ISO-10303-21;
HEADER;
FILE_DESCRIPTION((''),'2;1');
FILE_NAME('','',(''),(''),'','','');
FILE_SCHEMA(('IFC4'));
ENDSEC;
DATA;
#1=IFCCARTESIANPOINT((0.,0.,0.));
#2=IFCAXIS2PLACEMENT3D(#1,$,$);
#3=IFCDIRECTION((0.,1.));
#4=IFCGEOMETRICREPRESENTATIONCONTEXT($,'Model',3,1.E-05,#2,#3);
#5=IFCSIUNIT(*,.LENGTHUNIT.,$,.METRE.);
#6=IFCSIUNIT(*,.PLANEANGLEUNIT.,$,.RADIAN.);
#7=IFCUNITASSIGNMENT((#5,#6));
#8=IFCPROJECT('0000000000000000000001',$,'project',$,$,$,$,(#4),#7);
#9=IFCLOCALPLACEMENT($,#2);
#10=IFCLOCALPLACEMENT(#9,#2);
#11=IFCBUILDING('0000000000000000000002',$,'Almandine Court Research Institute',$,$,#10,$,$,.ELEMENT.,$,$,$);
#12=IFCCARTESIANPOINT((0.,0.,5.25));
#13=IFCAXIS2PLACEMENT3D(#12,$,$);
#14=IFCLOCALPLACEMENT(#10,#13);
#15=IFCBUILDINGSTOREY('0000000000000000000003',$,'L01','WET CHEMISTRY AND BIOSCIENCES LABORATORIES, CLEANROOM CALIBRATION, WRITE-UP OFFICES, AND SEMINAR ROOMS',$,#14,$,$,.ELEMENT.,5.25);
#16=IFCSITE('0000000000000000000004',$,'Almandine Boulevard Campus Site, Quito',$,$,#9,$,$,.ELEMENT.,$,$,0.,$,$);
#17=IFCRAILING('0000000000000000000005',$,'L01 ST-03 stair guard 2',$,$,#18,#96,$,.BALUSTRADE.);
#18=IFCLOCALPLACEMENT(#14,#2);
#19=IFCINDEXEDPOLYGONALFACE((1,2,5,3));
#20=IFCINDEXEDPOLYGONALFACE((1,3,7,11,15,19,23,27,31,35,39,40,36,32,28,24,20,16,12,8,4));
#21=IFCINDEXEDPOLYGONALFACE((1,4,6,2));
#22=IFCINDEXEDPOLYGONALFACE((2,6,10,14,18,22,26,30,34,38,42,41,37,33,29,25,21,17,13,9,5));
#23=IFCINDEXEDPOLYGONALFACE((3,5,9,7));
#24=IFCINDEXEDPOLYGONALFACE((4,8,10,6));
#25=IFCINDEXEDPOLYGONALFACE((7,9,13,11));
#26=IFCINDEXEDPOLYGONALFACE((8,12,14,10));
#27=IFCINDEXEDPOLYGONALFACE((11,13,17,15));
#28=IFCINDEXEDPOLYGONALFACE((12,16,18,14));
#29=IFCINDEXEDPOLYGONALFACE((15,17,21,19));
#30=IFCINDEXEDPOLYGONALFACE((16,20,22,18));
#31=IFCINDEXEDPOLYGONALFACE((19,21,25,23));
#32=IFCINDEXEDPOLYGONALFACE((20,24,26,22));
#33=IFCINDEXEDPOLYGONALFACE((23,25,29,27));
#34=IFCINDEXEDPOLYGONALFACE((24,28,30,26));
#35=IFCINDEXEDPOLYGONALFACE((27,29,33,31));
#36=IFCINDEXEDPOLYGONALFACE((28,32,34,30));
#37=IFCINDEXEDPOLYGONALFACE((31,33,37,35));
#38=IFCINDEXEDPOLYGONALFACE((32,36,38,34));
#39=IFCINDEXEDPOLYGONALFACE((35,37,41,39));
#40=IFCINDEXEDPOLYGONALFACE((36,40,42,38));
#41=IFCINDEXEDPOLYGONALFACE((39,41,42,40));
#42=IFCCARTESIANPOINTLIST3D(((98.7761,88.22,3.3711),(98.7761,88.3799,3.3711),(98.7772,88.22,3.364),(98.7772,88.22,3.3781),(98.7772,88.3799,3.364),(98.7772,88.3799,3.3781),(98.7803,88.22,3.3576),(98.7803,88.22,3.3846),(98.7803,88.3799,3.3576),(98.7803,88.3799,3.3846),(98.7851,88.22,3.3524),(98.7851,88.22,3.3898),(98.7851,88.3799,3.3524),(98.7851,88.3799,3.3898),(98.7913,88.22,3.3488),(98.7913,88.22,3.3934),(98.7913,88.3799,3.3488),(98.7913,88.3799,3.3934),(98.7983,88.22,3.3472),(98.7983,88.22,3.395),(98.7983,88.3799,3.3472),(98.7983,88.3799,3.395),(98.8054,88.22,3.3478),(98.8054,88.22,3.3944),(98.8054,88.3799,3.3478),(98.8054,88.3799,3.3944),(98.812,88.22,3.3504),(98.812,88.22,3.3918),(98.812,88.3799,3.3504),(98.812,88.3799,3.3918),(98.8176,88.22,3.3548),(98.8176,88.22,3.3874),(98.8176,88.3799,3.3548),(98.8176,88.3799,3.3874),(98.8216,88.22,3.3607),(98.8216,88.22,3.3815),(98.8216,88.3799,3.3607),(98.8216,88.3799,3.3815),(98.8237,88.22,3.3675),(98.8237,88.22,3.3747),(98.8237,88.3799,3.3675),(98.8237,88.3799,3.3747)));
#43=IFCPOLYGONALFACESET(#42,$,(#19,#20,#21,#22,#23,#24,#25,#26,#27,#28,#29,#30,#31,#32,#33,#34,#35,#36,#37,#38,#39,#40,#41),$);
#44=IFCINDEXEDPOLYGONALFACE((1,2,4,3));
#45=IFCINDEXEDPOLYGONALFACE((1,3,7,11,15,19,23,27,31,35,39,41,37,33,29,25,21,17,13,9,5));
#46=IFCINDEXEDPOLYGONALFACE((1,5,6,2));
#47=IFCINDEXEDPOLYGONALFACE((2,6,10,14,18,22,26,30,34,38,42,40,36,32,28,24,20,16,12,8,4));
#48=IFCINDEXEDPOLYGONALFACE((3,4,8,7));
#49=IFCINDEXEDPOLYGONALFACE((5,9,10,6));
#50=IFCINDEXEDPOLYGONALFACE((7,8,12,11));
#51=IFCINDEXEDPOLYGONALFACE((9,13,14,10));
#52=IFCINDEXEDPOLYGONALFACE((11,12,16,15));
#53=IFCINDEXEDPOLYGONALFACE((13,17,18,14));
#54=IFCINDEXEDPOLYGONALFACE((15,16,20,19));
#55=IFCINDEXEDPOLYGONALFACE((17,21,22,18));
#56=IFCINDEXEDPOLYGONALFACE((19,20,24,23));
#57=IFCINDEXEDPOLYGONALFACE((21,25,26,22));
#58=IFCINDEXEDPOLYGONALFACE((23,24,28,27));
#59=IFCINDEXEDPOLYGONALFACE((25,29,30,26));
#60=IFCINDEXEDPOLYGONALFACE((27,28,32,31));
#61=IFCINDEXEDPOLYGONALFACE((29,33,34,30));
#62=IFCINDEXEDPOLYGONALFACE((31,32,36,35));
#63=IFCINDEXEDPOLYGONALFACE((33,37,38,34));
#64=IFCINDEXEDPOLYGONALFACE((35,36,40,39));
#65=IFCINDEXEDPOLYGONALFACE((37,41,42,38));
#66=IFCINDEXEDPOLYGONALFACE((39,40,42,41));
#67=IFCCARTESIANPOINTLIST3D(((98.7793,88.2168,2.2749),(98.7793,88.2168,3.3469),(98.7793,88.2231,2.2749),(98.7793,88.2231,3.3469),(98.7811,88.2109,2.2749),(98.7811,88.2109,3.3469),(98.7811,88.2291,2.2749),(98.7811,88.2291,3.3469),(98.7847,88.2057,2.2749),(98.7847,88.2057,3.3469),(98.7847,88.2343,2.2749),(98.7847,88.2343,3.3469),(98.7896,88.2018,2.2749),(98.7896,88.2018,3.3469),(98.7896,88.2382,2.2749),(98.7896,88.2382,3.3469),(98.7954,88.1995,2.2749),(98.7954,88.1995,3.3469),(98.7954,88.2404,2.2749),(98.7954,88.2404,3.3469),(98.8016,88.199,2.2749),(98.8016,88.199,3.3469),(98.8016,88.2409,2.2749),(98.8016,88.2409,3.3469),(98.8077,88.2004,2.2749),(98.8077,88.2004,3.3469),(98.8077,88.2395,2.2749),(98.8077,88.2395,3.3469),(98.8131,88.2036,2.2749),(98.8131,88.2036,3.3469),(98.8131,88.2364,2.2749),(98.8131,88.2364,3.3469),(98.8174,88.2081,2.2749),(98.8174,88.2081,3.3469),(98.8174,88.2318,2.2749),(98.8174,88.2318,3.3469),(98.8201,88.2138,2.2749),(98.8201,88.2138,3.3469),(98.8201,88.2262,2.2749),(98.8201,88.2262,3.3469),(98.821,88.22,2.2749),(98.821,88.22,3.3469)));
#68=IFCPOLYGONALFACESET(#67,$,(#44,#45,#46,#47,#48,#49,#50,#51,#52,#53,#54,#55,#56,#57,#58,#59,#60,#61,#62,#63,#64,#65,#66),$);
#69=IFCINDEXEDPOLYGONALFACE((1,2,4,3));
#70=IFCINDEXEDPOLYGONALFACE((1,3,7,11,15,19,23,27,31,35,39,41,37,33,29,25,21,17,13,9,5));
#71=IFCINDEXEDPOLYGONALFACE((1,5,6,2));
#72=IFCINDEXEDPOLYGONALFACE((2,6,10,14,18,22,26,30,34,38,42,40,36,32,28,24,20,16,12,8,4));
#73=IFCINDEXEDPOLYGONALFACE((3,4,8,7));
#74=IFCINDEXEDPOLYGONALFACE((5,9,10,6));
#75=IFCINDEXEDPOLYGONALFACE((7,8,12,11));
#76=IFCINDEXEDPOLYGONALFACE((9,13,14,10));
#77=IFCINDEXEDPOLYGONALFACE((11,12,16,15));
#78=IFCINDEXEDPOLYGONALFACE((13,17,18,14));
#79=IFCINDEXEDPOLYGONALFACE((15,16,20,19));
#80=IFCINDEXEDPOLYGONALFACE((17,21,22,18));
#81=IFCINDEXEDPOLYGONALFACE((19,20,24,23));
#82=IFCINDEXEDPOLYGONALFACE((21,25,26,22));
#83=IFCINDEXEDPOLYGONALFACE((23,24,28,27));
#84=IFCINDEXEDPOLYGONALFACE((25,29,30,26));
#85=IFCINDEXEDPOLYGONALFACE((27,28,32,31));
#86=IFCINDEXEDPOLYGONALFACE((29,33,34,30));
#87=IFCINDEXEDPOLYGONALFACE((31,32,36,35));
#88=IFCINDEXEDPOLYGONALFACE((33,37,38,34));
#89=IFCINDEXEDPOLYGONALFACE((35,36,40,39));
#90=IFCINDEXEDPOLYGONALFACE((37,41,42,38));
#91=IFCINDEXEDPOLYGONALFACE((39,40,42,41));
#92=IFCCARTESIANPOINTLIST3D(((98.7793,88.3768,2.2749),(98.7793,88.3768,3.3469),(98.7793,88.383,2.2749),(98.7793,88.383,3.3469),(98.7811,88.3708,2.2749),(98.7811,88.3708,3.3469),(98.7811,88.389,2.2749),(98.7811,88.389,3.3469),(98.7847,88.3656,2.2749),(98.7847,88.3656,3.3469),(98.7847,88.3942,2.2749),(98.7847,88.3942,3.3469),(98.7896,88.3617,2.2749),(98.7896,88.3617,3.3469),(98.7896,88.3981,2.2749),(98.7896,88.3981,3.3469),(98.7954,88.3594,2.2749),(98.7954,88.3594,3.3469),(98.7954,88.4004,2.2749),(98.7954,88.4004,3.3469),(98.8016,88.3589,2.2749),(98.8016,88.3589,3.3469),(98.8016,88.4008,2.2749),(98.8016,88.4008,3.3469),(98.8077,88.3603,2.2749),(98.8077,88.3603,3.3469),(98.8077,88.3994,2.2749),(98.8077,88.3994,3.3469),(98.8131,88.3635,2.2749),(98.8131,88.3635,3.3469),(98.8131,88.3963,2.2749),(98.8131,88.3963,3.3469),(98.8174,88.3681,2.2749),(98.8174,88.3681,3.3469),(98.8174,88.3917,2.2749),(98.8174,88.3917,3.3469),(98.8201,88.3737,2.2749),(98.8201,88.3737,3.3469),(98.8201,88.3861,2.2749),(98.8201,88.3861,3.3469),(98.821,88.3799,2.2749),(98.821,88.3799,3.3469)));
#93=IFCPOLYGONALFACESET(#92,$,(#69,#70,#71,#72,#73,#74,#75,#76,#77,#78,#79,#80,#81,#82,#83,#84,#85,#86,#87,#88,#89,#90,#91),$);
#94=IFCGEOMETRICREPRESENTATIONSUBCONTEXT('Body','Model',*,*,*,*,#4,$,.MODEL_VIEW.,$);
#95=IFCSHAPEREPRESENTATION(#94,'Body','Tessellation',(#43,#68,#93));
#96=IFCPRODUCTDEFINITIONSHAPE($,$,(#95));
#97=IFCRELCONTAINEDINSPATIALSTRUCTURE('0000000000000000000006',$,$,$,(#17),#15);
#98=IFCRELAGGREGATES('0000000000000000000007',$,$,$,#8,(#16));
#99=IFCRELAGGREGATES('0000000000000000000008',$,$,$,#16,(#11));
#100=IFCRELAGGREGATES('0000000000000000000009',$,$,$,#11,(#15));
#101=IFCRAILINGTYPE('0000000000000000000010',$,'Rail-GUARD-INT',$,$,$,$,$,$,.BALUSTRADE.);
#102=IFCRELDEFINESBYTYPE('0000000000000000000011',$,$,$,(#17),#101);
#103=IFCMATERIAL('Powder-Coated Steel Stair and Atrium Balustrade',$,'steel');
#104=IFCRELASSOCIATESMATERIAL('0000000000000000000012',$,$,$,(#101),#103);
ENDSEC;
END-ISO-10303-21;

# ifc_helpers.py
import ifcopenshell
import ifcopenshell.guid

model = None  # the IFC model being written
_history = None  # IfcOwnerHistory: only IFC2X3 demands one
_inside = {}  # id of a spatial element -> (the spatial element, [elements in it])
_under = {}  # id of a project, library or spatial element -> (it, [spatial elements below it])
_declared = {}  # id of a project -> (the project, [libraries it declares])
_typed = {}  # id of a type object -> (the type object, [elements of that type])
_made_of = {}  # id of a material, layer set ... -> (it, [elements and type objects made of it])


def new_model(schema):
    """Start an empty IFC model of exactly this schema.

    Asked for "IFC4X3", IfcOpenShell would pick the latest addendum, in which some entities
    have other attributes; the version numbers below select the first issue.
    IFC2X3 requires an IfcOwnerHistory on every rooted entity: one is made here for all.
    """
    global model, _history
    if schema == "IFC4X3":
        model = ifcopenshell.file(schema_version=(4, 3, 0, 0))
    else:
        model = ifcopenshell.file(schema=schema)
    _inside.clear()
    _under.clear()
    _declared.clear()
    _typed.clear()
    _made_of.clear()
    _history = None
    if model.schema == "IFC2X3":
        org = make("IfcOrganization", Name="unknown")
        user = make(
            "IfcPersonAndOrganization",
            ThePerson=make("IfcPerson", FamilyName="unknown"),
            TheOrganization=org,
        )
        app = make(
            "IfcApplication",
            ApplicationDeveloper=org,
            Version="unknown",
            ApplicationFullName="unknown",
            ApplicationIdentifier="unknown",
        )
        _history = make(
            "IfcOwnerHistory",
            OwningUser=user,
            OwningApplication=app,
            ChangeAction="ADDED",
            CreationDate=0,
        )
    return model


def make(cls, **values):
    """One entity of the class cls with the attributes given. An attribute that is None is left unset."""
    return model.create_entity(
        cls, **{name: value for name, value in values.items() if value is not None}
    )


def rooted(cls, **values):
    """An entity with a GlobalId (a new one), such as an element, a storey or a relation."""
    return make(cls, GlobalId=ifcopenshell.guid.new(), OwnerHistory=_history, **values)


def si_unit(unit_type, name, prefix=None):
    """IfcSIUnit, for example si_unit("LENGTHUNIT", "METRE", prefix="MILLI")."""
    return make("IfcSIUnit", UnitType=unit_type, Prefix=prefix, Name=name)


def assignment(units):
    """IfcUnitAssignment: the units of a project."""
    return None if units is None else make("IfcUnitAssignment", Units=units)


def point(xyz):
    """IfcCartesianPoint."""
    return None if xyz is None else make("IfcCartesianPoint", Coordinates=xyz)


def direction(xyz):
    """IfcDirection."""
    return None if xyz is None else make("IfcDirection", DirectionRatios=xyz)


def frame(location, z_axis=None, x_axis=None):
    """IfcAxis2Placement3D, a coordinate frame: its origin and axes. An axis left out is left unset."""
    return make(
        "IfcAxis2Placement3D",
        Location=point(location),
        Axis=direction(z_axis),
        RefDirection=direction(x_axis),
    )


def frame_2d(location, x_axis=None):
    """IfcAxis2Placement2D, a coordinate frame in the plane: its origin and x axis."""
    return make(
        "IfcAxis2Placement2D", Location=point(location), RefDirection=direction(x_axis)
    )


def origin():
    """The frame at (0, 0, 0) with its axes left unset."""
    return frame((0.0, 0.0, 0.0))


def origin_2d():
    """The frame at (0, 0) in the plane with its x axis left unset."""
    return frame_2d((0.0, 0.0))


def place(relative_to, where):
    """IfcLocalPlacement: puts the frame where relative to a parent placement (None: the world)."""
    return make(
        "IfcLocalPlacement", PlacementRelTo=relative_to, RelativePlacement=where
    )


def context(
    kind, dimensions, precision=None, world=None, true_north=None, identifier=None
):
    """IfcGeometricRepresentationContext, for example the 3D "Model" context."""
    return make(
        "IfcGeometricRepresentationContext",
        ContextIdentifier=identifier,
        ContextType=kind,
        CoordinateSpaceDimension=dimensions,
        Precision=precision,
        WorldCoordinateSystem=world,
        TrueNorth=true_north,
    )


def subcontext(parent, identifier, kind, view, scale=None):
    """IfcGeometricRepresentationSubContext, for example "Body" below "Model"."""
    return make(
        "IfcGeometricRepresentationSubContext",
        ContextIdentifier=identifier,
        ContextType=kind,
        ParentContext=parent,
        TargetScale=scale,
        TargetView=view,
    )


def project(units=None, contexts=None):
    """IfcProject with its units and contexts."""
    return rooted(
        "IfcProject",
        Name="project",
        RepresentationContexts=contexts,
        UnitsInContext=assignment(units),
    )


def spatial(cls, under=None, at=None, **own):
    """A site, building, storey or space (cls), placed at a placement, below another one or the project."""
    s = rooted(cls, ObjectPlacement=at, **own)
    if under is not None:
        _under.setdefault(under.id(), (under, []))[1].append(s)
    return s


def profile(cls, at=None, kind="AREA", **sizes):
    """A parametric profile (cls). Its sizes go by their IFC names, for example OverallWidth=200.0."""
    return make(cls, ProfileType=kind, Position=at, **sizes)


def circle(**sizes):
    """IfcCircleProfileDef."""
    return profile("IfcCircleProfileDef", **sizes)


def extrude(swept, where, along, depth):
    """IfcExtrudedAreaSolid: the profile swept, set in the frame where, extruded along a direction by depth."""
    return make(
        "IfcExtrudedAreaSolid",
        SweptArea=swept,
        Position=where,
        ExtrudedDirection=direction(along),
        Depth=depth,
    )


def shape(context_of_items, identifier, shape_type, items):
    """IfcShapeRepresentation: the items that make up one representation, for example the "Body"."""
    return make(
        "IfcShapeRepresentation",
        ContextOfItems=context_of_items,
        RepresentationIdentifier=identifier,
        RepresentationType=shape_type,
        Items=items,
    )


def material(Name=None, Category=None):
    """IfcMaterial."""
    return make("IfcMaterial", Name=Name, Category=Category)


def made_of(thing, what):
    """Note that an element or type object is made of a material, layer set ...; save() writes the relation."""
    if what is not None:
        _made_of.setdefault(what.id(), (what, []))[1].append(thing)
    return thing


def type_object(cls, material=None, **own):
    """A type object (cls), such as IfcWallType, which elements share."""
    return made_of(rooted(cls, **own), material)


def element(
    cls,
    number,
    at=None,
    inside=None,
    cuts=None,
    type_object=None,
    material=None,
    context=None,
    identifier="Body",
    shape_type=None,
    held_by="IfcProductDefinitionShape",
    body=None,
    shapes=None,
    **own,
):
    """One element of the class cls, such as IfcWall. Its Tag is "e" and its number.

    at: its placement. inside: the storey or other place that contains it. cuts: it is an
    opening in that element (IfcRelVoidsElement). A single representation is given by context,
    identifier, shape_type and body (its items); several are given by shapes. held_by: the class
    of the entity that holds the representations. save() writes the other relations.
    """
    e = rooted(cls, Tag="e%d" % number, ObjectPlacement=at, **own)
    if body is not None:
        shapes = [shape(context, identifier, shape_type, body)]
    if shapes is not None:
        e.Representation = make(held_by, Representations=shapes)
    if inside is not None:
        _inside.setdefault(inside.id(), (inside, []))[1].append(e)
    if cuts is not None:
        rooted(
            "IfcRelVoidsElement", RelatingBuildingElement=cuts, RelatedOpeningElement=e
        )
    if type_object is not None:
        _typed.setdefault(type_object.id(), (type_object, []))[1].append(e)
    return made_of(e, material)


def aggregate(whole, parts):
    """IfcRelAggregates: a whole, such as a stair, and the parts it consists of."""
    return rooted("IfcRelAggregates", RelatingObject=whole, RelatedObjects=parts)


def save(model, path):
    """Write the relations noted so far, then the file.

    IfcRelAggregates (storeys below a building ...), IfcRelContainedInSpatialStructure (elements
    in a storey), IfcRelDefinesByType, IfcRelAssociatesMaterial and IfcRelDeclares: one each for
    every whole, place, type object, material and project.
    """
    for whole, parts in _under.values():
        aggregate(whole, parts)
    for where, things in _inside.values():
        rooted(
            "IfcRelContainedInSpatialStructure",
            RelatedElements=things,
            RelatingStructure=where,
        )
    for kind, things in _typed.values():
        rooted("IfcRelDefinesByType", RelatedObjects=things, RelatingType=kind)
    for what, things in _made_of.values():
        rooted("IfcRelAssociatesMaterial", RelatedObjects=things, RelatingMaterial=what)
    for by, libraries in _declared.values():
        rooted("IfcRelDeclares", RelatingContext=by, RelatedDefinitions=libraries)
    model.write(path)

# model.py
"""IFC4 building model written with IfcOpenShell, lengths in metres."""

from ifc_helpers import new_model, si_unit, direction, frame, origin, origin_2d, place, context, subcontext, project, spatial, circle, extrude, material, type_object, element, save


model = new_model("IFC4")

# Units and contexts
model_context = context("Model", 3, precision=1e-05, world=origin(), true_north=direction((0.0, 1.0)))
body_context = subcontext(model_context, "Body", "Model", "MODEL_VIEW")
ifc_project = project(units=[si_unit("LENGTHUNIT", "METRE"), si_unit("PLANEANGLEUNIT", "RADIAN")], contexts=[model_context])

# Site, building, storey
site_placement = place(None, origin())
site = spatial("IfcSite", under=ifc_project, at=site_placement, Name="Almandine Boulevard Campus Site, Quito", CompositionType="ELEMENT", RefElevation=0.0)
building_placement = place(site_placement, origin())
building = spatial("IfcBuilding", under=site, at=building_placement, Name="Almandine Court Research Institute", CompositionType="ELEMENT")
storey_placement = place(building_placement, frame((0.0, 0.0, 5.25)))
storey = spatial("IfcBuildingStorey", under=building, at=storey_placement, Name="L01", Description="WET CHEMISTRY AND BIOSCIENCES LABORATORIES, CLEANROOM CALIBRATION, WRITE-UP OFFICES, AND SEMINAR ROOMS", CompositionType="ELEMENT", Elevation=5.25)

# Railing
ifc_material_1 = material(Name="Powder-Coated Steel Stair and Atrium Balustrade", Category="steel")
railing_type_1 = type_object("IfcRailingType", Name="Rail-GUARD-INT", PredefinedType="BALUSTRADE", material=ifc_material_1)
railing_1_placement = place(storey_placement, frame((98.8, 88.22, 2.2749)))
element("IfcRailing", 1, at=railing_1_placement, inside=storey, type_object=railing_type_1, Name="L01 ST-03 stair guard 2", PredefinedType="BALUSTRADE", context=body_context, shape_type="SweptSolid", body=[
    extrude(circle(Radius=0.0239, at=origin_2d()), frame((0.0, 0.0, 1.0962), z_axis=(0.0, 1.0, 0.0), x_axis=(-1.0, 0.0, 0.0)), (0.0, 0.0, 1.0), 0.1599),
    extrude(circle(Radius=0.021, at=origin_2d()), origin(), (0.0, 0.0, 1.0), 1.072),
    extrude(circle(Radius=0.021, at=origin_2d()), frame((0.0, 0.1599, 0.0)), (0.0, 0.0, 1.0), 1.072),
])

save(model, "model.ifc")
